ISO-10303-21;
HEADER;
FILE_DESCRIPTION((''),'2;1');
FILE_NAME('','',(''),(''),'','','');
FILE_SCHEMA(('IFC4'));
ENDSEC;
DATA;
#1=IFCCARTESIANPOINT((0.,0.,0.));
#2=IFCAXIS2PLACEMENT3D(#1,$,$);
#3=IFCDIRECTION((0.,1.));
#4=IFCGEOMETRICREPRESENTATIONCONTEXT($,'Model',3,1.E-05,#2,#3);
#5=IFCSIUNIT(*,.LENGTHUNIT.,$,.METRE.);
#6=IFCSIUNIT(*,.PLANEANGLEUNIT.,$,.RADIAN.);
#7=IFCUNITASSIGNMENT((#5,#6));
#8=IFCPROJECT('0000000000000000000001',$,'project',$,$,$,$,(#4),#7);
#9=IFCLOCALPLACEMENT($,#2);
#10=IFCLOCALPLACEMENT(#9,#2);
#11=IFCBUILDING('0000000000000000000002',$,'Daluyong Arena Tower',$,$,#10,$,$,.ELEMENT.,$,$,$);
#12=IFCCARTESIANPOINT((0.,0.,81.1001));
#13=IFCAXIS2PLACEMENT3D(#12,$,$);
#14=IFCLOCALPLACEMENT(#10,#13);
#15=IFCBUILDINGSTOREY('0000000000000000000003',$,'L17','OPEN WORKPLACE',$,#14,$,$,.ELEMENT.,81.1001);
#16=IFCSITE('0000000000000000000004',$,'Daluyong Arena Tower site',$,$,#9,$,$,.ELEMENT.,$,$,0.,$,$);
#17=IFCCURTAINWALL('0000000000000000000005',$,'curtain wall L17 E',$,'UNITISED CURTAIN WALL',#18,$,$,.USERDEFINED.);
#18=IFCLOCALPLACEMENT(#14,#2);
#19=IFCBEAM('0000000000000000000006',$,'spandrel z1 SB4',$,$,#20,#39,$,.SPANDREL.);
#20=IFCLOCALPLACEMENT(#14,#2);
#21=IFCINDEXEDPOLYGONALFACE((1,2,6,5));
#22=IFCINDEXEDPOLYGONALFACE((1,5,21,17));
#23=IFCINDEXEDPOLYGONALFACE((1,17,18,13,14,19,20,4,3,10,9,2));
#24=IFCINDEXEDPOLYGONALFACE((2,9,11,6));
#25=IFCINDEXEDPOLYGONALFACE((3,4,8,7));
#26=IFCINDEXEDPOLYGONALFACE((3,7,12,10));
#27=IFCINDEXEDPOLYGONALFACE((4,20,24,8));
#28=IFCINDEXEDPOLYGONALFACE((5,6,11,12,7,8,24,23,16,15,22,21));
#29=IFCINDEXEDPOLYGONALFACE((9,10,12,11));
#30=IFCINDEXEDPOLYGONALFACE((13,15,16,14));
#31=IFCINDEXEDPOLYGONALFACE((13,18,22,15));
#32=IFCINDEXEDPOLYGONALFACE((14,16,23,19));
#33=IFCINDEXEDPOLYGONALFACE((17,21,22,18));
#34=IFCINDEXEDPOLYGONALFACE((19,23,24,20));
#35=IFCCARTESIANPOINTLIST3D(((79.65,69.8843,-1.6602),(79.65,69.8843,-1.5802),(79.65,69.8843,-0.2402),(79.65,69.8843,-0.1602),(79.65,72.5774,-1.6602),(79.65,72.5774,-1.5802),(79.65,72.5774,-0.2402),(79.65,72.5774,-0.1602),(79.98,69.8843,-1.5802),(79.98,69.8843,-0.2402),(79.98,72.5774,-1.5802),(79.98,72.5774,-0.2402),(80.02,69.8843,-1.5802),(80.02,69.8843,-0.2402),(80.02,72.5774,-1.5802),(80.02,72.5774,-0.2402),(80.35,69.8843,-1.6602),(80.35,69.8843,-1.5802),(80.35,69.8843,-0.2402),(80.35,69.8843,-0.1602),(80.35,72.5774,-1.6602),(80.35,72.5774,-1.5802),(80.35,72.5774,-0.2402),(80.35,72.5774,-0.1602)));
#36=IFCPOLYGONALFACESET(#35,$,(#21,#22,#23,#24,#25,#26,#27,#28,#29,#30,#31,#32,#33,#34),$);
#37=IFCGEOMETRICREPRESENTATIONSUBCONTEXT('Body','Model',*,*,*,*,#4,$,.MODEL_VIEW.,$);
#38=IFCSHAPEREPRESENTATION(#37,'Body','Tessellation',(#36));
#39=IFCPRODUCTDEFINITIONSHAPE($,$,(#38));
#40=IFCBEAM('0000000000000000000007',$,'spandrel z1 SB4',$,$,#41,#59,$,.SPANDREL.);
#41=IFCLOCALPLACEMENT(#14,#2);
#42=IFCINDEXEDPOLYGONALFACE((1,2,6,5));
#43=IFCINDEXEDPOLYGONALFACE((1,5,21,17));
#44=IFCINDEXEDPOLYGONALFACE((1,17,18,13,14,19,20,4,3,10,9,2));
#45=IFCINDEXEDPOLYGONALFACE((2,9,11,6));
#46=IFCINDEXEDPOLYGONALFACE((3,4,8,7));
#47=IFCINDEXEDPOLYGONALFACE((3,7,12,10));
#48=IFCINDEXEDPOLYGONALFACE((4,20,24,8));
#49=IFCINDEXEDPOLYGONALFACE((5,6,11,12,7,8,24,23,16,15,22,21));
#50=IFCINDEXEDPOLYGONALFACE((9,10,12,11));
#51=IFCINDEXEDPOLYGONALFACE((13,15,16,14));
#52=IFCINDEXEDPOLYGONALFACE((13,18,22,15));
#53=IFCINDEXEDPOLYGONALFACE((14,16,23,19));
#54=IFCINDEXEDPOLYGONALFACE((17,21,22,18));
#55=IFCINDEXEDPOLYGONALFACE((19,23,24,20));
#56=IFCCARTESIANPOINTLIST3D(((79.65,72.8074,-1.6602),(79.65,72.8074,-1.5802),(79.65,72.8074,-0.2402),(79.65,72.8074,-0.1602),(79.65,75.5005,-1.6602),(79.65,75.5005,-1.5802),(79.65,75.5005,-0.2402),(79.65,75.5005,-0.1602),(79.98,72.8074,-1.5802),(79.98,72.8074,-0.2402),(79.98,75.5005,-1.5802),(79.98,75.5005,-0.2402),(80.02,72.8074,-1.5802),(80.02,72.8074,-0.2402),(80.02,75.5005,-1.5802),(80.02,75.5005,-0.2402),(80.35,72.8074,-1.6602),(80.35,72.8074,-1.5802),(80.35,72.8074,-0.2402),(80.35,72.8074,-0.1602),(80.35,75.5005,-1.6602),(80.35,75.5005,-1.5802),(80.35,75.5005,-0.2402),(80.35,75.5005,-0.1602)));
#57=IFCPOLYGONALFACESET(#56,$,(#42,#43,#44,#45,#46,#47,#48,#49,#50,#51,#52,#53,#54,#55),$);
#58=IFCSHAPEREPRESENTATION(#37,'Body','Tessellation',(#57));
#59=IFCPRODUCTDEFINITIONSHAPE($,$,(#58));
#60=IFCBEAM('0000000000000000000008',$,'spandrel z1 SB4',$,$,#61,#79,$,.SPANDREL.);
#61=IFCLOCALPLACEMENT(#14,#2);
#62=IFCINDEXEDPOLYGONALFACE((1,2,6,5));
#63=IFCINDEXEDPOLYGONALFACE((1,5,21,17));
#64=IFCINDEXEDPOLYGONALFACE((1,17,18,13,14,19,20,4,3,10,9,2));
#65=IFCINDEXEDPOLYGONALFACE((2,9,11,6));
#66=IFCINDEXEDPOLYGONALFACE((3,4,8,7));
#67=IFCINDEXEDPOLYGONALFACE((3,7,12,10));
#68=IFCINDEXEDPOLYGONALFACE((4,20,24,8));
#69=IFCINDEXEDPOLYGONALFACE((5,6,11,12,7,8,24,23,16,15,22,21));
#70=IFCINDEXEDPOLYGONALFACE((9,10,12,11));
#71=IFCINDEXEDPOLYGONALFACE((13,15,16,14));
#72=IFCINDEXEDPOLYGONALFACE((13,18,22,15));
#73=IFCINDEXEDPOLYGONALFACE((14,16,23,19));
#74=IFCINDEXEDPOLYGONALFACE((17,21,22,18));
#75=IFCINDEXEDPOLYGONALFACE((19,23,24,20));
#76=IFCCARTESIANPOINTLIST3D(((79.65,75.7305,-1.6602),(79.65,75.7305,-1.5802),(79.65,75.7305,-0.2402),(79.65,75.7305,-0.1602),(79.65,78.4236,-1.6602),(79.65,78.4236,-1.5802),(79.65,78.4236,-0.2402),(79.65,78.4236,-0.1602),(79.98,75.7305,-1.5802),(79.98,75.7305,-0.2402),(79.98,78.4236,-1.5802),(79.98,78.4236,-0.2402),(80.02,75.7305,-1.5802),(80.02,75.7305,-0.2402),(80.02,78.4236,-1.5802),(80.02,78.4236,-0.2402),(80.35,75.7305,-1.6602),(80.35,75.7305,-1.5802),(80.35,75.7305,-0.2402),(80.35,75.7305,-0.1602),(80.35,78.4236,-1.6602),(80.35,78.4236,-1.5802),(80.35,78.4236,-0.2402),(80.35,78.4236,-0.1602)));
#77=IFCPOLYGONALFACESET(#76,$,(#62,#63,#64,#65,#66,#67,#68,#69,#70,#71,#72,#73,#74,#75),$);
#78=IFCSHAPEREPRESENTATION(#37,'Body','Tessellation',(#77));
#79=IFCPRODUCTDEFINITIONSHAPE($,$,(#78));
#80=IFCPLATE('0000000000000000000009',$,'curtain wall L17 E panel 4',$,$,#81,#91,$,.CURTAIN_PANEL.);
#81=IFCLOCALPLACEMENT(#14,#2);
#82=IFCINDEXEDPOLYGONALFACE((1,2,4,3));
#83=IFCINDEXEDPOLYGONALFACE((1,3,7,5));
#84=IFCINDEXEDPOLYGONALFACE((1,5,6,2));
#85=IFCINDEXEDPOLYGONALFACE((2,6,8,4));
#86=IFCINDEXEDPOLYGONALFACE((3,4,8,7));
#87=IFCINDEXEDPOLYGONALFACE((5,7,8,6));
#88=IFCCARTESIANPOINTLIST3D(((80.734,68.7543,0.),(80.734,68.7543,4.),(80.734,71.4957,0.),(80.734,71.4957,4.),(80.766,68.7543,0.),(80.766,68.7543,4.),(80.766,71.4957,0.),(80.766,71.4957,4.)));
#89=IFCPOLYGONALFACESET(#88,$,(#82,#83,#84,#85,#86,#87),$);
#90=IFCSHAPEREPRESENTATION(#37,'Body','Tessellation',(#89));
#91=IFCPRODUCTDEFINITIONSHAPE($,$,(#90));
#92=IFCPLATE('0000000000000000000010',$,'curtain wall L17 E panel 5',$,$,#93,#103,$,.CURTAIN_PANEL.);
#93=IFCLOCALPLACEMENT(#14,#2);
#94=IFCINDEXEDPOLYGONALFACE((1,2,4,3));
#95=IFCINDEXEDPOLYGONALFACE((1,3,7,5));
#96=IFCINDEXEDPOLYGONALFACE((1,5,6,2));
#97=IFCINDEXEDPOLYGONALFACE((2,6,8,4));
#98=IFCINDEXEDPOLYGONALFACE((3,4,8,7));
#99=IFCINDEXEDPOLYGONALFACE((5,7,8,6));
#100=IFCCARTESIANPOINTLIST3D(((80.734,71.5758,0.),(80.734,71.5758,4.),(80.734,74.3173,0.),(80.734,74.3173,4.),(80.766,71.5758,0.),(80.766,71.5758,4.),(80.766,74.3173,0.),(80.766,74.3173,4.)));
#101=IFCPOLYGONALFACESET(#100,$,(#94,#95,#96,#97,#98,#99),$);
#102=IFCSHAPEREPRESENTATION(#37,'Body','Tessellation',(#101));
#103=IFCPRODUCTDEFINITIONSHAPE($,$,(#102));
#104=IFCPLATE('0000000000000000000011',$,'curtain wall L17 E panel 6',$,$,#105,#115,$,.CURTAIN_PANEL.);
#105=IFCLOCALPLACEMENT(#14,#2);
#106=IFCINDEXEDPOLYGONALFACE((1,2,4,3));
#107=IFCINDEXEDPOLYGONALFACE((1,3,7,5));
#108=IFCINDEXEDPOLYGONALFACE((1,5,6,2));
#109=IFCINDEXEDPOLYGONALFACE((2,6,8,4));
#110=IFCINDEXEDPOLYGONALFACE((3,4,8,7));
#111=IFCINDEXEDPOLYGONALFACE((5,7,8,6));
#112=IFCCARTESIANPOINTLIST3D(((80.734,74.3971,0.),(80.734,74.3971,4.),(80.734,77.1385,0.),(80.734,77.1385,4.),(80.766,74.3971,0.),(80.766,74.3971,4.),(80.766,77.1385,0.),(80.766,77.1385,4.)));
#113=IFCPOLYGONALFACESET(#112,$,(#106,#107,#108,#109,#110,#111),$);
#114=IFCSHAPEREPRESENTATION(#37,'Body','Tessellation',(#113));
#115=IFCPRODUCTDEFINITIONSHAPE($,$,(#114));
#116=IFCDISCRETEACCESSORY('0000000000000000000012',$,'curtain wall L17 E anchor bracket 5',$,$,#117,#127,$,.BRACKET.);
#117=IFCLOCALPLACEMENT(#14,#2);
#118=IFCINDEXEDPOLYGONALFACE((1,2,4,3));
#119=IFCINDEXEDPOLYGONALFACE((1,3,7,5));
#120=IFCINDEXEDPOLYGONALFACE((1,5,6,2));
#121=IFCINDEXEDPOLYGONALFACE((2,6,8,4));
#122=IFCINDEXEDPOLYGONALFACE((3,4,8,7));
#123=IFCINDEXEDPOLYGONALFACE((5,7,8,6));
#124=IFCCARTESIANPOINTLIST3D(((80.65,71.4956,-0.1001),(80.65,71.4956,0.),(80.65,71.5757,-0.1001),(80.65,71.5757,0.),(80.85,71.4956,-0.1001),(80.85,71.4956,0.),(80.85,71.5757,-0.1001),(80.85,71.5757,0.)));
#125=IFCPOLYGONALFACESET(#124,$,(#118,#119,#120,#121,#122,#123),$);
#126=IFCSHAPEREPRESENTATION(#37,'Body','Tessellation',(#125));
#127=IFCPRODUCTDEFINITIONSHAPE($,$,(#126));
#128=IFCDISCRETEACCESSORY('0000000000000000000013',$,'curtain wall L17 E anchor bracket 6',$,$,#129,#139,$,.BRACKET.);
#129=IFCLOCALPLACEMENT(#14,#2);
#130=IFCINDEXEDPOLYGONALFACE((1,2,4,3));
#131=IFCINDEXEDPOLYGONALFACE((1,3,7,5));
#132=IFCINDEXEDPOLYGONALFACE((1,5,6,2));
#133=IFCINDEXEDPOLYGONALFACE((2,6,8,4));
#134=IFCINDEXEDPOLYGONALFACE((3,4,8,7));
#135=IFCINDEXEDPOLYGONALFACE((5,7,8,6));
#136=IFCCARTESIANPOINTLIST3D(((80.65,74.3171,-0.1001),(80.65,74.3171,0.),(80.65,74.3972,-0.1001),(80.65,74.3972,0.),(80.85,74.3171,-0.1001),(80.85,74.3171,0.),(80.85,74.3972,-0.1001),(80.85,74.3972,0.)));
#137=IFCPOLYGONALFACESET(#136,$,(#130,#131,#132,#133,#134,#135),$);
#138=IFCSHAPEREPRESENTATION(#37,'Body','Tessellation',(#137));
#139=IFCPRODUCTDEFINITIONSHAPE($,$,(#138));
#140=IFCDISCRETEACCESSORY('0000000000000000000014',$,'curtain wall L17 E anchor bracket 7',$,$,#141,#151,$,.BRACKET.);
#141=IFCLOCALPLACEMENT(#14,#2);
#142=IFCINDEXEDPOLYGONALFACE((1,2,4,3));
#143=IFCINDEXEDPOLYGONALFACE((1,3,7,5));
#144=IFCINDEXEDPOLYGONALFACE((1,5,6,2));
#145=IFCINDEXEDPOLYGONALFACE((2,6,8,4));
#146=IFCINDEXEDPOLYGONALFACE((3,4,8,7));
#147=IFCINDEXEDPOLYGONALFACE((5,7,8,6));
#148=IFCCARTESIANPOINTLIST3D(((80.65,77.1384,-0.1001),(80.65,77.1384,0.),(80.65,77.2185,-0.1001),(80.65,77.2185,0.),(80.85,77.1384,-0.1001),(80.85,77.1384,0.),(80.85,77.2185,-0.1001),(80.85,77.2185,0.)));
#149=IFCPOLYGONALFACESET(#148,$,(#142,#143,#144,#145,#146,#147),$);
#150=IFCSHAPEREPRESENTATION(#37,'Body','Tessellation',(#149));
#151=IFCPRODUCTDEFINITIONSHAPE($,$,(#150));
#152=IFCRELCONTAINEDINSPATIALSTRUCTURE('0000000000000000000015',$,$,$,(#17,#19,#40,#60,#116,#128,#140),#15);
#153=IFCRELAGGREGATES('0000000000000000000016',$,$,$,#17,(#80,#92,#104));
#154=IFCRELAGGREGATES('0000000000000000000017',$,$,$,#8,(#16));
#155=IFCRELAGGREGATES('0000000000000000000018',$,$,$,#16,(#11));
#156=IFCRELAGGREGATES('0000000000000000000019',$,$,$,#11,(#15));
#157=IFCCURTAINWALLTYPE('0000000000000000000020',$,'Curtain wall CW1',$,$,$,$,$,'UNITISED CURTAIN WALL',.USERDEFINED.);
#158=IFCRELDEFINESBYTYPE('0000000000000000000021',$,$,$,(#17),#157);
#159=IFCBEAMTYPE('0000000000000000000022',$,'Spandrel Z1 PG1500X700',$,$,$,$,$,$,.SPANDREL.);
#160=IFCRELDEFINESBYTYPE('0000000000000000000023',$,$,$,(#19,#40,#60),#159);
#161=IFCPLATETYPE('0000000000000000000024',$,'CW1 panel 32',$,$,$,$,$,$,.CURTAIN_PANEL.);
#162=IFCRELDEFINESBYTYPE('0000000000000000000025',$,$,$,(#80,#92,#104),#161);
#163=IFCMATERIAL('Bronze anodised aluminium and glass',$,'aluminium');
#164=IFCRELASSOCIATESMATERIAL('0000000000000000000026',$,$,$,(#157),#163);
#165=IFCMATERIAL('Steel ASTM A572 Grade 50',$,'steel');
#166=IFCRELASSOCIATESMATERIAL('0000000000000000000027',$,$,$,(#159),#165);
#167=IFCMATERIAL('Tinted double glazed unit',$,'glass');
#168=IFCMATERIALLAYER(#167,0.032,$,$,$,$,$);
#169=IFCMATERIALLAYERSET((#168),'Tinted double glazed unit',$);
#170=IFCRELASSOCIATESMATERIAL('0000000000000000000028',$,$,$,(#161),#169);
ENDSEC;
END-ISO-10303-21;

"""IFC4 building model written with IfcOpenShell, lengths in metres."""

from ifc_helpers import new_model, si_unit, direction, frame, origin, origin_2d, place, context, subcontext, project, spatial, rectangle, i_section, extrude, material, layer, layer_set, material_profile, profile_set, type_object, element, aggregate, save


model = new_model("IFC4")

# Units and contexts
model_context = context("Model", 3, precision=1e-05, world=origin(), true_north=direction((0.0, 1.0)))
body_context = subcontext(model_context, "Body", "Model", "MODEL_VIEW")
ifc_project = project(units=[si_unit("LENGTHUNIT", "METRE"), si_unit("PLANEANGLEUNIT", "RADIAN")], contexts=[model_context])

# Site, building, storey
site_placement = place(None, origin())
site = spatial("IfcSite", under=ifc_project, at=site_placement, Name="Daluyong Arena Tower site", CompositionType="ELEMENT", RefElevation=0.0)
building_placement = place(site_placement, origin())
building = spatial("IfcBuilding", under=site, at=building_placement, Name="Daluyong Arena Tower", CompositionType="ELEMENT")
storey_placement = place(building_placement, frame((0.0, 0.0, 81.1001)))
storey = spatial("IfcBuildingStorey", under=building, at=storey_placement, Name="L17", Description="OPEN WORKPLACE", CompositionType="ELEMENT", Elevation=81.1001)

# Curtain wall
ifc_material_1 = material(Name="Bronze anodised aluminium and glass", Category="aluminium")
curtain_wall_type = type_object("IfcCurtainWallType", Name="Curtain wall CW1", ElementType="UNITISED CURTAIN WALL", PredefinedType="USERDEFINED", material=ifc_material_1)
curtain_wall_placement = place(storey_placement, origin())
curtain_wall = element("IfcCurtainWall", 1, at=curtain_wall_placement, inside=storey, type_object=curtain_wall_type, Name="curtain wall L17 E", ObjectType="UNITISED CURTAIN WALL", PredefinedType="USERDEFINED")

# Beams
ifc_material_2 = material(Name="Steel ASTM A572 Grade 50", Category="steel")
ifc_material_profile_1 = material_profile(ifc_material_2, i_section(OverallWidth=0.7, OverallDepth=1.5, WebThickness=0.04, FlangeThickness=0.08, at=origin_2d()))
ifc_profile_set_1 = profile_set([ifc_material_profile_1], Name="Steel ASTM A572 Grade 50")
beam_type_1 = type_object("IfcBeamType", Name="Spandrel Z1 PG1500X700", PredefinedType="SPANDREL", material=ifc_profile_set_1)
for number, where, z_axis, x_axis, name in (
    (2, (80.0, 69.8843, -0.9102), (0.0, 1.0, 0.0), (-1.0, 0.0, 0.0), "spandrel z1 SB4"),
    (3, (80.0, 72.8074, -0.9102), (0.0, 1.0, 0.0), (-1.0, 0.0, 0.0), "spandrel z1 SB4"),
    (4, (80.0, 75.7305, -0.9102), (0.0, 1.0, 0.0), (-1.0, 0.0, 0.0), "spandrel z1 SB4"),
):
    element("IfcBeam", number, at=place(storey_placement, frame(where, z_axis=z_axis, x_axis=x_axis)), inside=storey, type_object=beam_type_1, Name=name, PredefinedType="SPANDREL", context=body_context, shape_type="SweptSolid", body=[
        extrude(i_section(OverallWidth=0.7, OverallDepth=1.5, WebThickness=0.04, FlangeThickness=0.08, at=origin_2d()), origin(), (0.0, 0.0, 1.0), 2.6931),
    ])

# Plates
ifc_material_3 = material(Name="Tinted double glazed unit", Category="glass")
ifc_layer = layer(ifc_material_3, 0.032)
ifc_layer_set = layer_set([ifc_layer], Name="Tinted double glazed unit")
plate_type = type_object("IfcPlateType", Name="CW1 panel 32", PredefinedType="CURTAIN_PANEL", material=ifc_layer_set)
plate_1_placement = place(storey_placement, frame((80.75, 70.125, 0.0), z_axis=(0.0, 0.0, 1.0), x_axis=(0.0, 1.0, 0.0)))
plate_1 = element("IfcPlate", 5, at=plate_1_placement, type_object=plate_type, Name="curtain wall L17 E panel 4", PredefinedType="CURTAIN_PANEL", context=body_context, shape_type="SweptSolid", body=[
    extrude(rectangle(XDim=2.7415, YDim=0.032, at=origin_2d()), origin(), (0.0, 0.0, 1.0), 4.0),
])
plate_2_placement = place(storey_placement, frame((80.75, 72.9465, 0.0), z_axis=(0.0, 0.0, 1.0), x_axis=(0.0, 1.0, 0.0)))
plate_2 = element("IfcPlate", 6, at=plate_2_placement, type_object=plate_type, Name="curtain wall L17 E panel 5", PredefinedType="CURTAIN_PANEL", context=body_context, shape_type="SweptSolid", body=[
    extrude(rectangle(XDim=2.7415, YDim=0.032, at=origin_2d()), origin(), (0.0, 0.0, 1.0), 4.0),
])
plate_3_placement = place(storey_placement, frame((80.75, 75.7678, 0.0), z_axis=(0.0, 0.0, 1.0), x_axis=(0.0, 1.0, 0.0)))
plate_3 = element("IfcPlate", 7, at=plate_3_placement, type_object=plate_type, Name="curtain wall L17 E panel 6", PredefinedType="CURTAIN_PANEL", context=body_context, shape_type="SweptSolid", body=[
    extrude(rectangle(XDim=2.7415, YDim=0.032, at=origin_2d()), origin(), (0.0, 0.0, 1.0), 4.0),
])
aggregate(curtain_wall, [plate_1, plate_2, plate_3])

# Discrete accessories
for number, where, z_axis, x_axis, name in (
    (8, (80.75, 71.5356, -0.1001), (0.0, 0.0, 1.0), (0.0, 1.0, 0.0), "curtain wall L17 E anchor bracket 5"),
    (9, (80.75, 74.3572, -0.1001), (0.0, 0.0, 1.0), (0.0, 1.0, 0.0), "curtain wall L17 E anchor bracket 6"),
    (10, (80.75, 77.1785, -0.1001), (0.0, 0.0, 1.0), (0.0, 1.0, 0.0), "curtain wall L17 E anchor bracket 7"),
):
    element("IfcDiscreteAccessory", number, at=place(storey_placement, frame(where, z_axis=z_axis, x_axis=x_axis)), inside=storey, Name=name, PredefinedType="BRACKET", context=body_context, shape_type="SweptSolid", body=[
        extrude(rectangle(XDim=0.0801, YDim=0.2, at=origin_2d()), origin(), (0.0, 0.0, 1.0), 0.1001),
    ])

save(model, "model.ifc")
